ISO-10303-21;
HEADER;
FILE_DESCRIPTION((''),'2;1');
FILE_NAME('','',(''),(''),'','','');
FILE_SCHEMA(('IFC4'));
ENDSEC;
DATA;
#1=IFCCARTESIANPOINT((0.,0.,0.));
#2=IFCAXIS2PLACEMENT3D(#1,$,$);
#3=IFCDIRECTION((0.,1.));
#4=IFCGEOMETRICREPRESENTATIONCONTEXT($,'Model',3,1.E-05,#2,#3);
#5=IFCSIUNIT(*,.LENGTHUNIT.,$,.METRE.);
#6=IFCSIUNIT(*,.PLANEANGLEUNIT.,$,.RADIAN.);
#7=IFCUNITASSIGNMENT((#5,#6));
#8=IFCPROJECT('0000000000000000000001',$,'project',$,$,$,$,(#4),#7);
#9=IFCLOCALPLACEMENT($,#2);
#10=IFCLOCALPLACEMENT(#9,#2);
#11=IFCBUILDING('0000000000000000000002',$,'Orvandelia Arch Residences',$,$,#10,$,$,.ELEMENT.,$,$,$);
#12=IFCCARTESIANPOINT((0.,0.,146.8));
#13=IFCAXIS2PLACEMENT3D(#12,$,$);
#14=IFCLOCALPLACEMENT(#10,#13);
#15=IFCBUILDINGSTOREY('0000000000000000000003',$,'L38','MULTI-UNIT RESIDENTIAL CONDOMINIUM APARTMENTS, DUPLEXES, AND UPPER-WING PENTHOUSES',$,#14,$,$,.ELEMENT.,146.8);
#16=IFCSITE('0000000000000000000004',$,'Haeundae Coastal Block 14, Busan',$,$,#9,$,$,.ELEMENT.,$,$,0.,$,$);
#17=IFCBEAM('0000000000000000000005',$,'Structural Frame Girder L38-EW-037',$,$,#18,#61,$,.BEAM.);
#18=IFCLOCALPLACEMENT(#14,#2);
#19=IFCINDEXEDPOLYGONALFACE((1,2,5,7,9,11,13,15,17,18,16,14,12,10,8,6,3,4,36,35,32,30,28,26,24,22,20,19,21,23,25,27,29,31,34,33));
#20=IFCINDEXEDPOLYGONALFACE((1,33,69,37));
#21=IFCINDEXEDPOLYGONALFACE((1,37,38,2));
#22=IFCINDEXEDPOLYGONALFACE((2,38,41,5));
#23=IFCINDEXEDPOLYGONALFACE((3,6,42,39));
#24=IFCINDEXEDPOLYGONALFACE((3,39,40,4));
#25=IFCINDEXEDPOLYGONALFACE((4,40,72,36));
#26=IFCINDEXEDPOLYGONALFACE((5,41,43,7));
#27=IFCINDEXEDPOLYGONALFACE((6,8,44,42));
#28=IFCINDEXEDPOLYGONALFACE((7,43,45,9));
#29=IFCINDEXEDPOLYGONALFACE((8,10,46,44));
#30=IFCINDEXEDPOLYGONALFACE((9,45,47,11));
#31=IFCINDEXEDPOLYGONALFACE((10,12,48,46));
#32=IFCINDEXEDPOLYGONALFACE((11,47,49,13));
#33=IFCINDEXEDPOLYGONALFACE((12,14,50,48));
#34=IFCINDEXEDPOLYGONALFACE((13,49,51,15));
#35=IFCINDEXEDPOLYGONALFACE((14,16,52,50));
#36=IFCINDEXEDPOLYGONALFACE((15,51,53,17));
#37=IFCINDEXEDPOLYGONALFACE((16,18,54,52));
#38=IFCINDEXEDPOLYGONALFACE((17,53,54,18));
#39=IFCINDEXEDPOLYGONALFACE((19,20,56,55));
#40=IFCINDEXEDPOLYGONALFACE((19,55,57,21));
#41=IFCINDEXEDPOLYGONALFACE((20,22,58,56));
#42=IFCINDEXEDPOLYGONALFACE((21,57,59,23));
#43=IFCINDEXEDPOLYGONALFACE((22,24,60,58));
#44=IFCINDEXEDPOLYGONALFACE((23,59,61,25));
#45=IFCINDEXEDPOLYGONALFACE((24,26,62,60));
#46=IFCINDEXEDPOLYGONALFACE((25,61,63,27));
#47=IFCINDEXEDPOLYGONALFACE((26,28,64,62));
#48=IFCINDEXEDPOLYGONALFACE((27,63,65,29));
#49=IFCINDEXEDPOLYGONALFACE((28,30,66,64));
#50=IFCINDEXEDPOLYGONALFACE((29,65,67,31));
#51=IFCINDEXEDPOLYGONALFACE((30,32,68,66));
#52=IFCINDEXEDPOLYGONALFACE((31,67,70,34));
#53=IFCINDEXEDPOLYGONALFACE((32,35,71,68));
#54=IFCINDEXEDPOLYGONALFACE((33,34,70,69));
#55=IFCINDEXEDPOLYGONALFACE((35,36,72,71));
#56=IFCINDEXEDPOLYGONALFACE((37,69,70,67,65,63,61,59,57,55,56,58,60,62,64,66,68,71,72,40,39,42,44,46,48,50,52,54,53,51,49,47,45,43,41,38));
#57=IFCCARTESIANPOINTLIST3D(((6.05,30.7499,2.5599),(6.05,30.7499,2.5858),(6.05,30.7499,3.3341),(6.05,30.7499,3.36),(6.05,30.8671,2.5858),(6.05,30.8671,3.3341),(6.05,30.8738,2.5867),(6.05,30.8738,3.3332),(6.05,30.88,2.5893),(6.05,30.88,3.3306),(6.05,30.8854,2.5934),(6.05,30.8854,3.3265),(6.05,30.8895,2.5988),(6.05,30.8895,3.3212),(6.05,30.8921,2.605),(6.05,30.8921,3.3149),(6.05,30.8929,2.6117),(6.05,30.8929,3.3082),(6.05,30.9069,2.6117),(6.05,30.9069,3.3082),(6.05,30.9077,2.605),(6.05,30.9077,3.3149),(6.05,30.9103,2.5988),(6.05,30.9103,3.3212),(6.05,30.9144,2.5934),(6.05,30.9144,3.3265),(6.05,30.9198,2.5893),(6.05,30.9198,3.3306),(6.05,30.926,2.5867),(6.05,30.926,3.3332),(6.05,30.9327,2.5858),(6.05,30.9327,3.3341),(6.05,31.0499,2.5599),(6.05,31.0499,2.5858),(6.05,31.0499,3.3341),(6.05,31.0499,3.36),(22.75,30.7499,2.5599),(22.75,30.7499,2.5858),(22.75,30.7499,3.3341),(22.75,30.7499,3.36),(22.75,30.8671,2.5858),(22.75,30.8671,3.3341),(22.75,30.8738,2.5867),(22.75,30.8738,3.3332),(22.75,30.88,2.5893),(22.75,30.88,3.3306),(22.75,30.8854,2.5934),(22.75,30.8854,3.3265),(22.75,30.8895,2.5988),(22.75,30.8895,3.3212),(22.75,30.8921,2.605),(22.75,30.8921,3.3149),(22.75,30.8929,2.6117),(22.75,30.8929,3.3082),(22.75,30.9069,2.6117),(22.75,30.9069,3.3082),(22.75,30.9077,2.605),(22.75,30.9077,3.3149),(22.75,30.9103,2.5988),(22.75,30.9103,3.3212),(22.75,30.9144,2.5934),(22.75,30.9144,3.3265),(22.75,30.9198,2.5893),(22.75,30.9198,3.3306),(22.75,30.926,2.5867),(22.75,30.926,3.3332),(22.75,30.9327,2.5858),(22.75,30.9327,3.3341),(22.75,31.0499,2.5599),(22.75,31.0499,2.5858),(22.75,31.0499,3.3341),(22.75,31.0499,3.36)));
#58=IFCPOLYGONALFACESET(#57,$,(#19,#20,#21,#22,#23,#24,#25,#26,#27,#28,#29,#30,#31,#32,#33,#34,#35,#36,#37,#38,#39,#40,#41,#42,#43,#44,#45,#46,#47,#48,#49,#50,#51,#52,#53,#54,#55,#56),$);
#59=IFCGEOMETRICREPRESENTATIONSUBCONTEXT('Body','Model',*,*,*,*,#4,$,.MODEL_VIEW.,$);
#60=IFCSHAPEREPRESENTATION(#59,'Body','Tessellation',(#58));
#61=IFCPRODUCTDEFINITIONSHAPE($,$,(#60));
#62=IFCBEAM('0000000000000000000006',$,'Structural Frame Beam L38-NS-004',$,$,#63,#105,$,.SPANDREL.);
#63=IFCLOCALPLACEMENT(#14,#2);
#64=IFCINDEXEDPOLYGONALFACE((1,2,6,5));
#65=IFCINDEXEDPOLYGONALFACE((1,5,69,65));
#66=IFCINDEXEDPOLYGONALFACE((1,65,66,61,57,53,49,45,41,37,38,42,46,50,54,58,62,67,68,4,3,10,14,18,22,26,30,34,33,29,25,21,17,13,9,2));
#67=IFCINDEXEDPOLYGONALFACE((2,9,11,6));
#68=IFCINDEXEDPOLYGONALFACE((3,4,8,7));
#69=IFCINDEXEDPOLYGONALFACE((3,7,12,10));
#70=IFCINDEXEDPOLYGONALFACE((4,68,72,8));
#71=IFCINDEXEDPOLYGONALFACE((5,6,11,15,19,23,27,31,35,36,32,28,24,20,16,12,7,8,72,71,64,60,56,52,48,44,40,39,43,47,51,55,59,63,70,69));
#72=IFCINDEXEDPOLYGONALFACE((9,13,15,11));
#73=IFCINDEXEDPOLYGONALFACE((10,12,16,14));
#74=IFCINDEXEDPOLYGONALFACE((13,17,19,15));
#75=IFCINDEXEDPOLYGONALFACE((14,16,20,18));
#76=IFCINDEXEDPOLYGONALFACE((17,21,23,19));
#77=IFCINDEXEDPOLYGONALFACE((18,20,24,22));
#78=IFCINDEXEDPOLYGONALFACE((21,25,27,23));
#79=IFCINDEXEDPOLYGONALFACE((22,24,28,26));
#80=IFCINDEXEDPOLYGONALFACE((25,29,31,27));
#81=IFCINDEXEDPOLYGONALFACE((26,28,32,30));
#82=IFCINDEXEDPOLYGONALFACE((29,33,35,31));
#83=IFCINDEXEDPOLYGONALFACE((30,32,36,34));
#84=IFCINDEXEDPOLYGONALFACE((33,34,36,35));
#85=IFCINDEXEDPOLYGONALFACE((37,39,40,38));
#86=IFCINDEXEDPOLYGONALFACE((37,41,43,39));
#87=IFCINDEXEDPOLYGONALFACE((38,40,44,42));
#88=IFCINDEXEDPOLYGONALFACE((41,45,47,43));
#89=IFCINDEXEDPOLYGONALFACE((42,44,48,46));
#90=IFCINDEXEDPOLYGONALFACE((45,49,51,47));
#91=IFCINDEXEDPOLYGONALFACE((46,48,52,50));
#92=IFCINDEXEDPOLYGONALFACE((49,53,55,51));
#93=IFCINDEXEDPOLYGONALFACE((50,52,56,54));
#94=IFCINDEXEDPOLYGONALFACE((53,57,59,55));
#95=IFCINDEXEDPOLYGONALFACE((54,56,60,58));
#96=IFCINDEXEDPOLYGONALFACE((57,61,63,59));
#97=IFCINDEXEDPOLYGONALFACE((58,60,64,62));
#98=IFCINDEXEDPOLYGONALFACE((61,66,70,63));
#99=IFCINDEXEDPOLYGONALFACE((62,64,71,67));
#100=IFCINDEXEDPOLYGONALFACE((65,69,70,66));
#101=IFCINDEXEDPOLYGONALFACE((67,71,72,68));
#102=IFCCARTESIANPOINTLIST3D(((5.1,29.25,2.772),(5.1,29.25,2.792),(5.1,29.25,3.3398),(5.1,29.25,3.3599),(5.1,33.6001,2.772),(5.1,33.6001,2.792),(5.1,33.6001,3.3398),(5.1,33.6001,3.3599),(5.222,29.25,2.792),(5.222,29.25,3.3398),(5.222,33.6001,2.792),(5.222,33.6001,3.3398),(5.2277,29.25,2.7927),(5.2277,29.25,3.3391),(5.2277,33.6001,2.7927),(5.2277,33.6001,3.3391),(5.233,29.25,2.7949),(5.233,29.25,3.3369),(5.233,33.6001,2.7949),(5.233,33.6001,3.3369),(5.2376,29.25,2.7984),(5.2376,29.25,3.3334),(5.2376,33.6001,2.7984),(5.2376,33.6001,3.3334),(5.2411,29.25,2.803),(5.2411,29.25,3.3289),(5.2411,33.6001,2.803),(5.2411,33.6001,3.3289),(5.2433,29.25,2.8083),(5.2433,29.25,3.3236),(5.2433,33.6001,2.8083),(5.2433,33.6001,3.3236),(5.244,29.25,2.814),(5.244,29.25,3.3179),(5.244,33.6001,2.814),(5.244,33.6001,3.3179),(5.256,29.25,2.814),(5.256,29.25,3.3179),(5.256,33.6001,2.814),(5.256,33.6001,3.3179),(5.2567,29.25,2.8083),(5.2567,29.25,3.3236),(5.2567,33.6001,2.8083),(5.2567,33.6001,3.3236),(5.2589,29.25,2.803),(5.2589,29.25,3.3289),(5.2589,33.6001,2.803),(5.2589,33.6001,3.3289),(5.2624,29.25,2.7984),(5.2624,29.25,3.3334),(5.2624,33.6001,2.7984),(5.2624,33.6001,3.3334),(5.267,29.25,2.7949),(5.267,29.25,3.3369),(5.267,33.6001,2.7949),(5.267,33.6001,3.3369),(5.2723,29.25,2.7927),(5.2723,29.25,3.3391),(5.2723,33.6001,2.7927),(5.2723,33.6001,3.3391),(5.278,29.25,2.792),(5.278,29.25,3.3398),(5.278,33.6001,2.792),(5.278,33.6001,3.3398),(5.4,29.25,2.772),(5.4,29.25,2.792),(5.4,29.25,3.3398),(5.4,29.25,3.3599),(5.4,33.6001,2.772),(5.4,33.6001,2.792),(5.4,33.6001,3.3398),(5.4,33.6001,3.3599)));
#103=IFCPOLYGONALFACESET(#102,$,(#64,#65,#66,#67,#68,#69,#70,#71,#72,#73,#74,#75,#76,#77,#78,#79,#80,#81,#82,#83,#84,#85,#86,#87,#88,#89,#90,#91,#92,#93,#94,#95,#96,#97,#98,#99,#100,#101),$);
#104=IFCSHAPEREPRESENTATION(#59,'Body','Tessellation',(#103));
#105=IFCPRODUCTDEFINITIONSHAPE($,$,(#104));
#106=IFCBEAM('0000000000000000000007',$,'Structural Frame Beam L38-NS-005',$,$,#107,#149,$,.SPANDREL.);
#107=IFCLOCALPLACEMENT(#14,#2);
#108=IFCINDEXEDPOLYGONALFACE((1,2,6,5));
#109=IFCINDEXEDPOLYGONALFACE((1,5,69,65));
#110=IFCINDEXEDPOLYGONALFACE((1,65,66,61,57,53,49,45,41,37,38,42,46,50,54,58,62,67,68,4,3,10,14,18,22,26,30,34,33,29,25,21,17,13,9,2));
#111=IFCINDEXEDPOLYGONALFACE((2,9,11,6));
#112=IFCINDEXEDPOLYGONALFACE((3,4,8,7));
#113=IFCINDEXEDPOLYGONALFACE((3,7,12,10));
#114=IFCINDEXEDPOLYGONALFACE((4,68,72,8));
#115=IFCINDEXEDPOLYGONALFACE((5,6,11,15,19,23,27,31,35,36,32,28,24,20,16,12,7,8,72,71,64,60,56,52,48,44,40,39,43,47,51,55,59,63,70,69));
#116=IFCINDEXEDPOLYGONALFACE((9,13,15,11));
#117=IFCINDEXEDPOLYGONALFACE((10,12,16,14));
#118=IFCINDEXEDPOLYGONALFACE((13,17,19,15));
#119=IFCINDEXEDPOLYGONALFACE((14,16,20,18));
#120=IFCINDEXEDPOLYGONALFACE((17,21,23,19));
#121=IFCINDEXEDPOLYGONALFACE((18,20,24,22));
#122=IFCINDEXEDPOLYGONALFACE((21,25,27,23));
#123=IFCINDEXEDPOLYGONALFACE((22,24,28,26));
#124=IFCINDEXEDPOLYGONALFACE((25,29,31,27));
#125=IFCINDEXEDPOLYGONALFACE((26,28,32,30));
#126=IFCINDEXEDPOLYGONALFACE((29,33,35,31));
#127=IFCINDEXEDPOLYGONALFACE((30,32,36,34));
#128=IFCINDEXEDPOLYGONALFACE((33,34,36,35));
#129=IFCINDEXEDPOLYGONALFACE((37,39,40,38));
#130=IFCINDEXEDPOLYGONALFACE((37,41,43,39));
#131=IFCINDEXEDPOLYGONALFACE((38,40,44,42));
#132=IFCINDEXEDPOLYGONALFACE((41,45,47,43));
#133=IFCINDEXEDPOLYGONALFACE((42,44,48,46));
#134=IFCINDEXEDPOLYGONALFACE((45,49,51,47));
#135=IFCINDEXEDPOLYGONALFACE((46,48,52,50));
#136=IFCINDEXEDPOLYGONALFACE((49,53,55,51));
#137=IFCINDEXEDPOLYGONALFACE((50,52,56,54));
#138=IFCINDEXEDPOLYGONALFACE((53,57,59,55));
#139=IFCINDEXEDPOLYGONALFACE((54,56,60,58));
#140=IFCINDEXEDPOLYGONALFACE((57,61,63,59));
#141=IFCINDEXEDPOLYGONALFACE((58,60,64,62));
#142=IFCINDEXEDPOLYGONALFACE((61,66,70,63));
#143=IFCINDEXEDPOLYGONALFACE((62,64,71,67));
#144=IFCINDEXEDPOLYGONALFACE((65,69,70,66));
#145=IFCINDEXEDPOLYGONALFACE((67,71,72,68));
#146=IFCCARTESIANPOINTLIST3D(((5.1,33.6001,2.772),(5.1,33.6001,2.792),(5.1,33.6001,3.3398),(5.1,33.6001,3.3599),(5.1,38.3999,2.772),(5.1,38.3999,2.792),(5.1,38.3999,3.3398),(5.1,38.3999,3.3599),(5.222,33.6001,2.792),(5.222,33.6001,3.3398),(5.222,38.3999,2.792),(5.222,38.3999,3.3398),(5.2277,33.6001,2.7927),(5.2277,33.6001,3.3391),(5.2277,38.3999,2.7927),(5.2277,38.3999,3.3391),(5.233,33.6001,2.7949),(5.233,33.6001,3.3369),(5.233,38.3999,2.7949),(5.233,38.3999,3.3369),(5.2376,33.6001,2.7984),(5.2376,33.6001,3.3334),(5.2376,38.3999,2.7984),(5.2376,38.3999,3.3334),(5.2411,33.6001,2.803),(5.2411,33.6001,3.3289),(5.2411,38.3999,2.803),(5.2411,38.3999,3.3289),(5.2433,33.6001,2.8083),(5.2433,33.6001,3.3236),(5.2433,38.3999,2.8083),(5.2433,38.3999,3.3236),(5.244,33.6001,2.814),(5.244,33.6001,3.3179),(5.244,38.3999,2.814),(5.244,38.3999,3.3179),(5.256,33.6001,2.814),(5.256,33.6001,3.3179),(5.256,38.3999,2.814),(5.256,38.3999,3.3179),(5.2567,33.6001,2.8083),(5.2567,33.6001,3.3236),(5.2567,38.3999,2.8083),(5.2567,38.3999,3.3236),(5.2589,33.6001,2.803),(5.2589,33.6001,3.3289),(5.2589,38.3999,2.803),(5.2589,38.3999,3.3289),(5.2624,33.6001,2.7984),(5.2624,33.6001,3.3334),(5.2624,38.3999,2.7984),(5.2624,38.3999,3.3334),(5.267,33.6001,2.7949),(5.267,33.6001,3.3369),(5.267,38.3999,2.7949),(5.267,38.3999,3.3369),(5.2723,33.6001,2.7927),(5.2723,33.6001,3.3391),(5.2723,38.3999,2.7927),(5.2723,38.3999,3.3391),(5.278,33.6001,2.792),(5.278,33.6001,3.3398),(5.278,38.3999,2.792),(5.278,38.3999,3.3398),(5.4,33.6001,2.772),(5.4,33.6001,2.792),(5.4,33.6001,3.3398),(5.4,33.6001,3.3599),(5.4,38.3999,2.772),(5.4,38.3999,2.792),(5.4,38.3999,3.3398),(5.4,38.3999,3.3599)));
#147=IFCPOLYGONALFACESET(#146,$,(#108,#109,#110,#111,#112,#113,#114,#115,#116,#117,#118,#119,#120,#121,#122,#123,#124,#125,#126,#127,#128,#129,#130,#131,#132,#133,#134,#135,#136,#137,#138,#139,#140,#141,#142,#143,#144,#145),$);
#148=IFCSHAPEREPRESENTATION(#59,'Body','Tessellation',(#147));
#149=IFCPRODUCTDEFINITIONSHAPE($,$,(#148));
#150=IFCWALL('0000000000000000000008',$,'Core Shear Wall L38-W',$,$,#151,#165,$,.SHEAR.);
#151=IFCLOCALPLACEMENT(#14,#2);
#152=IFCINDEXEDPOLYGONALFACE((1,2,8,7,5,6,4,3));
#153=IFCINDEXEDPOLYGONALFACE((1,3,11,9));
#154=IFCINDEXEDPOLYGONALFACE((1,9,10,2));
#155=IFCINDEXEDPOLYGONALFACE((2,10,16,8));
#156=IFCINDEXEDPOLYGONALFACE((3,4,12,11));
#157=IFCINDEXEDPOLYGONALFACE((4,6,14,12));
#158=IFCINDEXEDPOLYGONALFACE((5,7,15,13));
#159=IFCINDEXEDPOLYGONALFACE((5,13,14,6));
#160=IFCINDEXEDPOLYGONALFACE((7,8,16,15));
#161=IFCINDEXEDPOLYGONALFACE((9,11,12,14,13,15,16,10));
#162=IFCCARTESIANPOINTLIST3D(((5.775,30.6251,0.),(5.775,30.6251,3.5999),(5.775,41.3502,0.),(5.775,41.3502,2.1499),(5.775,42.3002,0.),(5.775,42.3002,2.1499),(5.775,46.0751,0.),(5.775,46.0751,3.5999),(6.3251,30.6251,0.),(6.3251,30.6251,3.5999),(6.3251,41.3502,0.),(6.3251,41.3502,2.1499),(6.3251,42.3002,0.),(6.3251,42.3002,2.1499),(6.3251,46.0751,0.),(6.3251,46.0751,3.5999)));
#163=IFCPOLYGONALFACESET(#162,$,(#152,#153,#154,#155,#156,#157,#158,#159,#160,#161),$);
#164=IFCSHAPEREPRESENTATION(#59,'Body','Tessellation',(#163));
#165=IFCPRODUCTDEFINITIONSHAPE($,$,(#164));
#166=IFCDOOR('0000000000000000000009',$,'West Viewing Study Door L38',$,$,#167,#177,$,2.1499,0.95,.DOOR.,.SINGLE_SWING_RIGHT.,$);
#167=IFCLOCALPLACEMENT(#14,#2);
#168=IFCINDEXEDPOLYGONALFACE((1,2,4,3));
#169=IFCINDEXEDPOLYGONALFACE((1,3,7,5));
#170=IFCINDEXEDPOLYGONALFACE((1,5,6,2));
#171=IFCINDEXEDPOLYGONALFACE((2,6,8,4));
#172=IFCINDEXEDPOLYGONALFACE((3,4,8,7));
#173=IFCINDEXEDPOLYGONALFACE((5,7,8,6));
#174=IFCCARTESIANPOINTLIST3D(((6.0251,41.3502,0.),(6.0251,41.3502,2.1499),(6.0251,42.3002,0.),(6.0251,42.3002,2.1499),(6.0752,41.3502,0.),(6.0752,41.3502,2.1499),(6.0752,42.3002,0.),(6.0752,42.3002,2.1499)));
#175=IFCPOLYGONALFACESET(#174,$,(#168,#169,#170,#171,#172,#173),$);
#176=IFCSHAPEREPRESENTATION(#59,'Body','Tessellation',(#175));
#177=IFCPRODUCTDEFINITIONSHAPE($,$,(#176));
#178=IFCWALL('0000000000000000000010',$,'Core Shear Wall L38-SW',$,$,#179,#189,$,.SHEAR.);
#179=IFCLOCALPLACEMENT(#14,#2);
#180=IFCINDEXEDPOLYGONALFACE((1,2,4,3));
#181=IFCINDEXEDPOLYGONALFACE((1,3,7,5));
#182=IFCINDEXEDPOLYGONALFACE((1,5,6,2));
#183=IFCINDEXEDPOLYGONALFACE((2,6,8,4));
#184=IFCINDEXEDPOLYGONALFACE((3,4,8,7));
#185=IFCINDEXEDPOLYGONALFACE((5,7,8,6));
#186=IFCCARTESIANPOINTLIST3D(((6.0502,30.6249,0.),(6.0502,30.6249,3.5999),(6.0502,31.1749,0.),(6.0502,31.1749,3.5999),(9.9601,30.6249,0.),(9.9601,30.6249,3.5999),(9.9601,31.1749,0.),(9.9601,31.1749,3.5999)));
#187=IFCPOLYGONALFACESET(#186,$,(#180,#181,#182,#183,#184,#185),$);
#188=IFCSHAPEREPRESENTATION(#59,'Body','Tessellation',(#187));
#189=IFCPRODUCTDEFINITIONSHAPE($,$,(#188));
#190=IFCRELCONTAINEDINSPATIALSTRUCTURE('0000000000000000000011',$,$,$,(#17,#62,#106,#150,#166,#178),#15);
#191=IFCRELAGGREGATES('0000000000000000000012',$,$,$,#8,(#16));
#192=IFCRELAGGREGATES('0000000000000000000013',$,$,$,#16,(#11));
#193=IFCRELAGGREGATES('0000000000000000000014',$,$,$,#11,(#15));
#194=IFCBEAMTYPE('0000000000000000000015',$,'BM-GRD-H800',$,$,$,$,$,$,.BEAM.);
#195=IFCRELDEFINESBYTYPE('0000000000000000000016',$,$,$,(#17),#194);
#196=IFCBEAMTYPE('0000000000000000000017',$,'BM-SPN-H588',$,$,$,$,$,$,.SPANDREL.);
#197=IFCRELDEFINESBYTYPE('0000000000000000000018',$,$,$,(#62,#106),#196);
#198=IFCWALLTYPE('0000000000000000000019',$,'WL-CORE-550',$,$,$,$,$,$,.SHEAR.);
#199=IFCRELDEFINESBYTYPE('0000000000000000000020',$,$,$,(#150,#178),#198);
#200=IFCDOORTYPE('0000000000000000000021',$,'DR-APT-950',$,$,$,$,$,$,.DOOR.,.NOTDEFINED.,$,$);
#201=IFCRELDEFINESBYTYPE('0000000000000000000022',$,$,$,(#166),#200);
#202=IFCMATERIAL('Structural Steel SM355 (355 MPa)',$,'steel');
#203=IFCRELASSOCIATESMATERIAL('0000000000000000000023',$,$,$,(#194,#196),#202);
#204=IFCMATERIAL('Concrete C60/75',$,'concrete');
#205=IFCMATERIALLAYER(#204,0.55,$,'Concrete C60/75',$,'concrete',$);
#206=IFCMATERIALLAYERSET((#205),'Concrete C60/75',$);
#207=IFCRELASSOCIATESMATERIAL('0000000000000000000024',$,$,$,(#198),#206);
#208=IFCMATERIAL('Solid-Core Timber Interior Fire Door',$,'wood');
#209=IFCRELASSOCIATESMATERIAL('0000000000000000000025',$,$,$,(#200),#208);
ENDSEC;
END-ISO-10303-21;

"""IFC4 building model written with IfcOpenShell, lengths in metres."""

from ifc_helpers import new_model, si_unit, direction, frame, frame_2d, origin, origin_2d, place, context, subcontext, project, spatial, rectangle, i_section, extrude, material, layer, layer_set, material_profile, profile_set, type_object, element, fill, save


model = new_model("IFC4")

# Units and contexts
model_context = context("Model", 3, precision=1e-05, world=origin(), true_north=direction((0.0, 1.0)))
body_context = subcontext(model_context, "Body", "Model", "MODEL_VIEW")
ifc_project = project(units=[si_unit("LENGTHUNIT", "METRE"), si_unit("PLANEANGLEUNIT", "RADIAN")], contexts=[model_context])

# Site, building, storey
site_placement = place(None, origin())
site = spatial("IfcSite", under=ifc_project, at=site_placement, Name="Haeundae Coastal Block 14, Busan", CompositionType="ELEMENT", RefElevation=0.0)
building_placement = place(site_placement, origin())
building = spatial("IfcBuilding", under=site, at=building_placement, Name="Orvandelia Arch Residences", CompositionType="ELEMENT")
storey_placement = place(building_placement, frame((0.0, 0.0, 146.8)))
storey = spatial("IfcBuildingStorey", under=building, at=storey_placement, Name="L38", Description="MULTI-UNIT RESIDENTIAL CONDOMINIUM APARTMENTS, DUPLEXES, AND UPPER-WING PENTHOUSES", CompositionType="ELEMENT", Elevation=146.8)

# Shared definitions
ifc_material_1 = material(Name="Concrete C60/75", Category="concrete")

# Beams
ifc_material_2 = material(Name="Structural Steel SM355 (355 MPa)", Category="steel")
ifc_material_profile_1 = material_profile(ifc_material_2, i_section(OverallWidth=0.3, OverallDepth=0.8, WebThickness=0.0139, FlangeThickness=0.0259, FilletRadius=0.0259, at=origin_2d()), Name="Structural Steel SM355 (355 MPa)", Category="steel")
ifc_profile_set_1 = profile_set([ifc_material_profile_1], Name="Structural Steel SM355 (355 MPa)")
beam_type_1 = type_object("IfcBeamType", Name="BM-GRD-H800", PredefinedType="BEAM", material=ifc_profile_set_1)
beam_1_placement = place(storey_placement, frame((6.05, 30.8999, 2.96), z_axis=(1.0, 0.0, 0.0), x_axis=(0.0, 1.0, 0.0)))
element("IfcBeam", 1, at=beam_1_placement, inside=storey, type_object=beam_type_1, Name="Structural Frame Girder L38-EW-037", PredefinedType="BEAM", context=body_context, shape_type="SweptSolid", body=[
    extrude(i_section(OverallWidth=0.3, OverallDepth=0.8, WebThickness=0.0139, FlangeThickness=0.0259, FilletRadius=0.0259, at=origin_2d()), origin(), (0.0, 0.0, 1.0), 16.7),
])
ifc_material_profile_2 = material_profile(ifc_material_2, i_section(OverallWidth=0.3, OverallDepth=0.5879, WebThickness=0.012, FlangeThickness=0.02, FilletRadius=0.022, at=origin_2d()), Name="Structural Steel SM355 (355 MPa)", Category="steel")
ifc_profile_set_2 = profile_set([ifc_material_profile_2], Name="Structural Steel SM355 (355 MPa)")
beam_type_2 = type_object("IfcBeamType", Name="BM-SPN-H588", PredefinedType="SPANDREL", material=ifc_profile_set_2)
beam_2_placement = place(storey_placement, frame((5.25, 29.25, 3.0659), z_axis=(0.0, 1.0, 0.0), x_axis=(-1.0, 0.0, 0.0)))
element("IfcBeam", 2, at=beam_2_placement, inside=storey, type_object=beam_type_2, Name="Structural Frame Beam L38-NS-004", PredefinedType="SPANDREL", context=body_context, shape_type="SweptSolid", body=[
    extrude(i_section(OverallWidth=0.3, OverallDepth=0.5879, WebThickness=0.012, FlangeThickness=0.02, FilletRadius=0.022, at=origin_2d()), origin(), (0.0, 0.0, 1.0), 4.3501),
])
beam_3_placement = place(storey_placement, frame((5.25, 33.6001, 3.0659), z_axis=(0.0, 1.0, 0.0), x_axis=(-1.0, 0.0, 0.0)))
element("IfcBeam", 3, at=beam_3_placement, inside=storey, type_object=beam_type_2, Name="Structural Frame Beam L38-NS-005", PredefinedType="SPANDREL", context=body_context, shape_type="SweptSolid", body=[
    extrude(i_section(OverallWidth=0.3, OverallDepth=0.5879, WebThickness=0.012, FlangeThickness=0.02, FilletRadius=0.022, at=origin_2d()), origin(), (0.0, 0.0, 1.0), 4.7998),
])

# Wall, opening, door
ifc_layer_1 = layer(ifc_material_1, 0.55, Name="Concrete C60/75", Category="concrete")
ifc_layer_set_1 = layer_set([ifc_layer_1], Name="Concrete C60/75")
wall_type_1 = type_object("IfcWallType", Name="WL-CORE-550", PredefinedType="SHEAR", material=ifc_layer_set_1)
wall_1_placement = place(storey_placement, frame((6.05, 30.625, 0.0), z_axis=(0.0, 0.0, 1.0), x_axis=(0.0, 1.0, 0.0)))
wall_1 = element("IfcWall", 4, at=wall_1_placement, inside=storey, type_object=wall_type_1, Name="Core Shear Wall L38-W", PredefinedType="SHEAR", context=body_context, shape_type="SweptSolid", body=[
    extrude(rectangle(XDim=15.45, YDim=0.55, at=frame_2d((7.7251, 0.0))), origin(), (0.0, 0.0, 1.0), 3.5999),
])
opening_placement = place(wall_1_placement, frame((10.7251, 0.0, 0.0)))
opening = element("IfcOpeningElement", 5, at=opening_placement, cuts=wall_1, PredefinedType="OPENING", context=body_context, shape_type="SweptSolid", body=[
    extrude(rectangle(XDim=0.95, YDim=2.1499, at=frame_2d((0.4751, 1.075))), frame((0.0, 0.2852, 0.0), z_axis=(0.0, -1.0, 0.0), x_axis=(1.0, 0.0, 0.0)), (0.0, 0.0, 1.0), 0.5701),
])
ifc_material_3 = material(Name="Solid-Core Timber Interior Fire Door", Category="wood")
door_type = type_object("IfcDoorType", Name="DR-APT-950", OperationType="NOTDEFINED", PredefinedType="DOOR", material=ifc_material_3)
door_placement = place(opening_placement, origin())
door = element("IfcDoor", 6, at=door_placement, inside=storey, type_object=door_type, Name="West Viewing Study Door L38", OperationType="SINGLE_SWING_RIGHT", OverallHeight=2.1499, OverallWidth=0.95, PredefinedType="DOOR", context=body_context, shape_type="SweptSolid", body=[
    extrude(rectangle(XDim=0.95, YDim=2.1499, at=frame_2d((0.4751, 1.075))), frame((0.0, 0.0249, 0.0), z_axis=(0.0, -1.0, 0.0), x_axis=(1.0, 0.0, 0.0)), (0.0, 0.0, 1.0), 0.05),
])
fill(opening, door)

# Wall
wall_2_placement = place(storey_placement, frame((6.05, 30.8999, 0.0), z_axis=(0.0, 0.0, 1.0), x_axis=(1.0, 0.0, 0.0)))
element("IfcWall", 7, at=wall_2_placement, inside=storey, type_object=wall_type_1, Name="Core Shear Wall L38-SW", PredefinedType="SHEAR", context=body_context, shape_type="SweptSolid", body=[
    extrude(rectangle(XDim=3.9099, YDim=0.55, at=frame_2d((1.9551, 0.0))), origin(), (0.0, 0.0, 1.0), 3.5999),
])

save(model, "model.ifc")
